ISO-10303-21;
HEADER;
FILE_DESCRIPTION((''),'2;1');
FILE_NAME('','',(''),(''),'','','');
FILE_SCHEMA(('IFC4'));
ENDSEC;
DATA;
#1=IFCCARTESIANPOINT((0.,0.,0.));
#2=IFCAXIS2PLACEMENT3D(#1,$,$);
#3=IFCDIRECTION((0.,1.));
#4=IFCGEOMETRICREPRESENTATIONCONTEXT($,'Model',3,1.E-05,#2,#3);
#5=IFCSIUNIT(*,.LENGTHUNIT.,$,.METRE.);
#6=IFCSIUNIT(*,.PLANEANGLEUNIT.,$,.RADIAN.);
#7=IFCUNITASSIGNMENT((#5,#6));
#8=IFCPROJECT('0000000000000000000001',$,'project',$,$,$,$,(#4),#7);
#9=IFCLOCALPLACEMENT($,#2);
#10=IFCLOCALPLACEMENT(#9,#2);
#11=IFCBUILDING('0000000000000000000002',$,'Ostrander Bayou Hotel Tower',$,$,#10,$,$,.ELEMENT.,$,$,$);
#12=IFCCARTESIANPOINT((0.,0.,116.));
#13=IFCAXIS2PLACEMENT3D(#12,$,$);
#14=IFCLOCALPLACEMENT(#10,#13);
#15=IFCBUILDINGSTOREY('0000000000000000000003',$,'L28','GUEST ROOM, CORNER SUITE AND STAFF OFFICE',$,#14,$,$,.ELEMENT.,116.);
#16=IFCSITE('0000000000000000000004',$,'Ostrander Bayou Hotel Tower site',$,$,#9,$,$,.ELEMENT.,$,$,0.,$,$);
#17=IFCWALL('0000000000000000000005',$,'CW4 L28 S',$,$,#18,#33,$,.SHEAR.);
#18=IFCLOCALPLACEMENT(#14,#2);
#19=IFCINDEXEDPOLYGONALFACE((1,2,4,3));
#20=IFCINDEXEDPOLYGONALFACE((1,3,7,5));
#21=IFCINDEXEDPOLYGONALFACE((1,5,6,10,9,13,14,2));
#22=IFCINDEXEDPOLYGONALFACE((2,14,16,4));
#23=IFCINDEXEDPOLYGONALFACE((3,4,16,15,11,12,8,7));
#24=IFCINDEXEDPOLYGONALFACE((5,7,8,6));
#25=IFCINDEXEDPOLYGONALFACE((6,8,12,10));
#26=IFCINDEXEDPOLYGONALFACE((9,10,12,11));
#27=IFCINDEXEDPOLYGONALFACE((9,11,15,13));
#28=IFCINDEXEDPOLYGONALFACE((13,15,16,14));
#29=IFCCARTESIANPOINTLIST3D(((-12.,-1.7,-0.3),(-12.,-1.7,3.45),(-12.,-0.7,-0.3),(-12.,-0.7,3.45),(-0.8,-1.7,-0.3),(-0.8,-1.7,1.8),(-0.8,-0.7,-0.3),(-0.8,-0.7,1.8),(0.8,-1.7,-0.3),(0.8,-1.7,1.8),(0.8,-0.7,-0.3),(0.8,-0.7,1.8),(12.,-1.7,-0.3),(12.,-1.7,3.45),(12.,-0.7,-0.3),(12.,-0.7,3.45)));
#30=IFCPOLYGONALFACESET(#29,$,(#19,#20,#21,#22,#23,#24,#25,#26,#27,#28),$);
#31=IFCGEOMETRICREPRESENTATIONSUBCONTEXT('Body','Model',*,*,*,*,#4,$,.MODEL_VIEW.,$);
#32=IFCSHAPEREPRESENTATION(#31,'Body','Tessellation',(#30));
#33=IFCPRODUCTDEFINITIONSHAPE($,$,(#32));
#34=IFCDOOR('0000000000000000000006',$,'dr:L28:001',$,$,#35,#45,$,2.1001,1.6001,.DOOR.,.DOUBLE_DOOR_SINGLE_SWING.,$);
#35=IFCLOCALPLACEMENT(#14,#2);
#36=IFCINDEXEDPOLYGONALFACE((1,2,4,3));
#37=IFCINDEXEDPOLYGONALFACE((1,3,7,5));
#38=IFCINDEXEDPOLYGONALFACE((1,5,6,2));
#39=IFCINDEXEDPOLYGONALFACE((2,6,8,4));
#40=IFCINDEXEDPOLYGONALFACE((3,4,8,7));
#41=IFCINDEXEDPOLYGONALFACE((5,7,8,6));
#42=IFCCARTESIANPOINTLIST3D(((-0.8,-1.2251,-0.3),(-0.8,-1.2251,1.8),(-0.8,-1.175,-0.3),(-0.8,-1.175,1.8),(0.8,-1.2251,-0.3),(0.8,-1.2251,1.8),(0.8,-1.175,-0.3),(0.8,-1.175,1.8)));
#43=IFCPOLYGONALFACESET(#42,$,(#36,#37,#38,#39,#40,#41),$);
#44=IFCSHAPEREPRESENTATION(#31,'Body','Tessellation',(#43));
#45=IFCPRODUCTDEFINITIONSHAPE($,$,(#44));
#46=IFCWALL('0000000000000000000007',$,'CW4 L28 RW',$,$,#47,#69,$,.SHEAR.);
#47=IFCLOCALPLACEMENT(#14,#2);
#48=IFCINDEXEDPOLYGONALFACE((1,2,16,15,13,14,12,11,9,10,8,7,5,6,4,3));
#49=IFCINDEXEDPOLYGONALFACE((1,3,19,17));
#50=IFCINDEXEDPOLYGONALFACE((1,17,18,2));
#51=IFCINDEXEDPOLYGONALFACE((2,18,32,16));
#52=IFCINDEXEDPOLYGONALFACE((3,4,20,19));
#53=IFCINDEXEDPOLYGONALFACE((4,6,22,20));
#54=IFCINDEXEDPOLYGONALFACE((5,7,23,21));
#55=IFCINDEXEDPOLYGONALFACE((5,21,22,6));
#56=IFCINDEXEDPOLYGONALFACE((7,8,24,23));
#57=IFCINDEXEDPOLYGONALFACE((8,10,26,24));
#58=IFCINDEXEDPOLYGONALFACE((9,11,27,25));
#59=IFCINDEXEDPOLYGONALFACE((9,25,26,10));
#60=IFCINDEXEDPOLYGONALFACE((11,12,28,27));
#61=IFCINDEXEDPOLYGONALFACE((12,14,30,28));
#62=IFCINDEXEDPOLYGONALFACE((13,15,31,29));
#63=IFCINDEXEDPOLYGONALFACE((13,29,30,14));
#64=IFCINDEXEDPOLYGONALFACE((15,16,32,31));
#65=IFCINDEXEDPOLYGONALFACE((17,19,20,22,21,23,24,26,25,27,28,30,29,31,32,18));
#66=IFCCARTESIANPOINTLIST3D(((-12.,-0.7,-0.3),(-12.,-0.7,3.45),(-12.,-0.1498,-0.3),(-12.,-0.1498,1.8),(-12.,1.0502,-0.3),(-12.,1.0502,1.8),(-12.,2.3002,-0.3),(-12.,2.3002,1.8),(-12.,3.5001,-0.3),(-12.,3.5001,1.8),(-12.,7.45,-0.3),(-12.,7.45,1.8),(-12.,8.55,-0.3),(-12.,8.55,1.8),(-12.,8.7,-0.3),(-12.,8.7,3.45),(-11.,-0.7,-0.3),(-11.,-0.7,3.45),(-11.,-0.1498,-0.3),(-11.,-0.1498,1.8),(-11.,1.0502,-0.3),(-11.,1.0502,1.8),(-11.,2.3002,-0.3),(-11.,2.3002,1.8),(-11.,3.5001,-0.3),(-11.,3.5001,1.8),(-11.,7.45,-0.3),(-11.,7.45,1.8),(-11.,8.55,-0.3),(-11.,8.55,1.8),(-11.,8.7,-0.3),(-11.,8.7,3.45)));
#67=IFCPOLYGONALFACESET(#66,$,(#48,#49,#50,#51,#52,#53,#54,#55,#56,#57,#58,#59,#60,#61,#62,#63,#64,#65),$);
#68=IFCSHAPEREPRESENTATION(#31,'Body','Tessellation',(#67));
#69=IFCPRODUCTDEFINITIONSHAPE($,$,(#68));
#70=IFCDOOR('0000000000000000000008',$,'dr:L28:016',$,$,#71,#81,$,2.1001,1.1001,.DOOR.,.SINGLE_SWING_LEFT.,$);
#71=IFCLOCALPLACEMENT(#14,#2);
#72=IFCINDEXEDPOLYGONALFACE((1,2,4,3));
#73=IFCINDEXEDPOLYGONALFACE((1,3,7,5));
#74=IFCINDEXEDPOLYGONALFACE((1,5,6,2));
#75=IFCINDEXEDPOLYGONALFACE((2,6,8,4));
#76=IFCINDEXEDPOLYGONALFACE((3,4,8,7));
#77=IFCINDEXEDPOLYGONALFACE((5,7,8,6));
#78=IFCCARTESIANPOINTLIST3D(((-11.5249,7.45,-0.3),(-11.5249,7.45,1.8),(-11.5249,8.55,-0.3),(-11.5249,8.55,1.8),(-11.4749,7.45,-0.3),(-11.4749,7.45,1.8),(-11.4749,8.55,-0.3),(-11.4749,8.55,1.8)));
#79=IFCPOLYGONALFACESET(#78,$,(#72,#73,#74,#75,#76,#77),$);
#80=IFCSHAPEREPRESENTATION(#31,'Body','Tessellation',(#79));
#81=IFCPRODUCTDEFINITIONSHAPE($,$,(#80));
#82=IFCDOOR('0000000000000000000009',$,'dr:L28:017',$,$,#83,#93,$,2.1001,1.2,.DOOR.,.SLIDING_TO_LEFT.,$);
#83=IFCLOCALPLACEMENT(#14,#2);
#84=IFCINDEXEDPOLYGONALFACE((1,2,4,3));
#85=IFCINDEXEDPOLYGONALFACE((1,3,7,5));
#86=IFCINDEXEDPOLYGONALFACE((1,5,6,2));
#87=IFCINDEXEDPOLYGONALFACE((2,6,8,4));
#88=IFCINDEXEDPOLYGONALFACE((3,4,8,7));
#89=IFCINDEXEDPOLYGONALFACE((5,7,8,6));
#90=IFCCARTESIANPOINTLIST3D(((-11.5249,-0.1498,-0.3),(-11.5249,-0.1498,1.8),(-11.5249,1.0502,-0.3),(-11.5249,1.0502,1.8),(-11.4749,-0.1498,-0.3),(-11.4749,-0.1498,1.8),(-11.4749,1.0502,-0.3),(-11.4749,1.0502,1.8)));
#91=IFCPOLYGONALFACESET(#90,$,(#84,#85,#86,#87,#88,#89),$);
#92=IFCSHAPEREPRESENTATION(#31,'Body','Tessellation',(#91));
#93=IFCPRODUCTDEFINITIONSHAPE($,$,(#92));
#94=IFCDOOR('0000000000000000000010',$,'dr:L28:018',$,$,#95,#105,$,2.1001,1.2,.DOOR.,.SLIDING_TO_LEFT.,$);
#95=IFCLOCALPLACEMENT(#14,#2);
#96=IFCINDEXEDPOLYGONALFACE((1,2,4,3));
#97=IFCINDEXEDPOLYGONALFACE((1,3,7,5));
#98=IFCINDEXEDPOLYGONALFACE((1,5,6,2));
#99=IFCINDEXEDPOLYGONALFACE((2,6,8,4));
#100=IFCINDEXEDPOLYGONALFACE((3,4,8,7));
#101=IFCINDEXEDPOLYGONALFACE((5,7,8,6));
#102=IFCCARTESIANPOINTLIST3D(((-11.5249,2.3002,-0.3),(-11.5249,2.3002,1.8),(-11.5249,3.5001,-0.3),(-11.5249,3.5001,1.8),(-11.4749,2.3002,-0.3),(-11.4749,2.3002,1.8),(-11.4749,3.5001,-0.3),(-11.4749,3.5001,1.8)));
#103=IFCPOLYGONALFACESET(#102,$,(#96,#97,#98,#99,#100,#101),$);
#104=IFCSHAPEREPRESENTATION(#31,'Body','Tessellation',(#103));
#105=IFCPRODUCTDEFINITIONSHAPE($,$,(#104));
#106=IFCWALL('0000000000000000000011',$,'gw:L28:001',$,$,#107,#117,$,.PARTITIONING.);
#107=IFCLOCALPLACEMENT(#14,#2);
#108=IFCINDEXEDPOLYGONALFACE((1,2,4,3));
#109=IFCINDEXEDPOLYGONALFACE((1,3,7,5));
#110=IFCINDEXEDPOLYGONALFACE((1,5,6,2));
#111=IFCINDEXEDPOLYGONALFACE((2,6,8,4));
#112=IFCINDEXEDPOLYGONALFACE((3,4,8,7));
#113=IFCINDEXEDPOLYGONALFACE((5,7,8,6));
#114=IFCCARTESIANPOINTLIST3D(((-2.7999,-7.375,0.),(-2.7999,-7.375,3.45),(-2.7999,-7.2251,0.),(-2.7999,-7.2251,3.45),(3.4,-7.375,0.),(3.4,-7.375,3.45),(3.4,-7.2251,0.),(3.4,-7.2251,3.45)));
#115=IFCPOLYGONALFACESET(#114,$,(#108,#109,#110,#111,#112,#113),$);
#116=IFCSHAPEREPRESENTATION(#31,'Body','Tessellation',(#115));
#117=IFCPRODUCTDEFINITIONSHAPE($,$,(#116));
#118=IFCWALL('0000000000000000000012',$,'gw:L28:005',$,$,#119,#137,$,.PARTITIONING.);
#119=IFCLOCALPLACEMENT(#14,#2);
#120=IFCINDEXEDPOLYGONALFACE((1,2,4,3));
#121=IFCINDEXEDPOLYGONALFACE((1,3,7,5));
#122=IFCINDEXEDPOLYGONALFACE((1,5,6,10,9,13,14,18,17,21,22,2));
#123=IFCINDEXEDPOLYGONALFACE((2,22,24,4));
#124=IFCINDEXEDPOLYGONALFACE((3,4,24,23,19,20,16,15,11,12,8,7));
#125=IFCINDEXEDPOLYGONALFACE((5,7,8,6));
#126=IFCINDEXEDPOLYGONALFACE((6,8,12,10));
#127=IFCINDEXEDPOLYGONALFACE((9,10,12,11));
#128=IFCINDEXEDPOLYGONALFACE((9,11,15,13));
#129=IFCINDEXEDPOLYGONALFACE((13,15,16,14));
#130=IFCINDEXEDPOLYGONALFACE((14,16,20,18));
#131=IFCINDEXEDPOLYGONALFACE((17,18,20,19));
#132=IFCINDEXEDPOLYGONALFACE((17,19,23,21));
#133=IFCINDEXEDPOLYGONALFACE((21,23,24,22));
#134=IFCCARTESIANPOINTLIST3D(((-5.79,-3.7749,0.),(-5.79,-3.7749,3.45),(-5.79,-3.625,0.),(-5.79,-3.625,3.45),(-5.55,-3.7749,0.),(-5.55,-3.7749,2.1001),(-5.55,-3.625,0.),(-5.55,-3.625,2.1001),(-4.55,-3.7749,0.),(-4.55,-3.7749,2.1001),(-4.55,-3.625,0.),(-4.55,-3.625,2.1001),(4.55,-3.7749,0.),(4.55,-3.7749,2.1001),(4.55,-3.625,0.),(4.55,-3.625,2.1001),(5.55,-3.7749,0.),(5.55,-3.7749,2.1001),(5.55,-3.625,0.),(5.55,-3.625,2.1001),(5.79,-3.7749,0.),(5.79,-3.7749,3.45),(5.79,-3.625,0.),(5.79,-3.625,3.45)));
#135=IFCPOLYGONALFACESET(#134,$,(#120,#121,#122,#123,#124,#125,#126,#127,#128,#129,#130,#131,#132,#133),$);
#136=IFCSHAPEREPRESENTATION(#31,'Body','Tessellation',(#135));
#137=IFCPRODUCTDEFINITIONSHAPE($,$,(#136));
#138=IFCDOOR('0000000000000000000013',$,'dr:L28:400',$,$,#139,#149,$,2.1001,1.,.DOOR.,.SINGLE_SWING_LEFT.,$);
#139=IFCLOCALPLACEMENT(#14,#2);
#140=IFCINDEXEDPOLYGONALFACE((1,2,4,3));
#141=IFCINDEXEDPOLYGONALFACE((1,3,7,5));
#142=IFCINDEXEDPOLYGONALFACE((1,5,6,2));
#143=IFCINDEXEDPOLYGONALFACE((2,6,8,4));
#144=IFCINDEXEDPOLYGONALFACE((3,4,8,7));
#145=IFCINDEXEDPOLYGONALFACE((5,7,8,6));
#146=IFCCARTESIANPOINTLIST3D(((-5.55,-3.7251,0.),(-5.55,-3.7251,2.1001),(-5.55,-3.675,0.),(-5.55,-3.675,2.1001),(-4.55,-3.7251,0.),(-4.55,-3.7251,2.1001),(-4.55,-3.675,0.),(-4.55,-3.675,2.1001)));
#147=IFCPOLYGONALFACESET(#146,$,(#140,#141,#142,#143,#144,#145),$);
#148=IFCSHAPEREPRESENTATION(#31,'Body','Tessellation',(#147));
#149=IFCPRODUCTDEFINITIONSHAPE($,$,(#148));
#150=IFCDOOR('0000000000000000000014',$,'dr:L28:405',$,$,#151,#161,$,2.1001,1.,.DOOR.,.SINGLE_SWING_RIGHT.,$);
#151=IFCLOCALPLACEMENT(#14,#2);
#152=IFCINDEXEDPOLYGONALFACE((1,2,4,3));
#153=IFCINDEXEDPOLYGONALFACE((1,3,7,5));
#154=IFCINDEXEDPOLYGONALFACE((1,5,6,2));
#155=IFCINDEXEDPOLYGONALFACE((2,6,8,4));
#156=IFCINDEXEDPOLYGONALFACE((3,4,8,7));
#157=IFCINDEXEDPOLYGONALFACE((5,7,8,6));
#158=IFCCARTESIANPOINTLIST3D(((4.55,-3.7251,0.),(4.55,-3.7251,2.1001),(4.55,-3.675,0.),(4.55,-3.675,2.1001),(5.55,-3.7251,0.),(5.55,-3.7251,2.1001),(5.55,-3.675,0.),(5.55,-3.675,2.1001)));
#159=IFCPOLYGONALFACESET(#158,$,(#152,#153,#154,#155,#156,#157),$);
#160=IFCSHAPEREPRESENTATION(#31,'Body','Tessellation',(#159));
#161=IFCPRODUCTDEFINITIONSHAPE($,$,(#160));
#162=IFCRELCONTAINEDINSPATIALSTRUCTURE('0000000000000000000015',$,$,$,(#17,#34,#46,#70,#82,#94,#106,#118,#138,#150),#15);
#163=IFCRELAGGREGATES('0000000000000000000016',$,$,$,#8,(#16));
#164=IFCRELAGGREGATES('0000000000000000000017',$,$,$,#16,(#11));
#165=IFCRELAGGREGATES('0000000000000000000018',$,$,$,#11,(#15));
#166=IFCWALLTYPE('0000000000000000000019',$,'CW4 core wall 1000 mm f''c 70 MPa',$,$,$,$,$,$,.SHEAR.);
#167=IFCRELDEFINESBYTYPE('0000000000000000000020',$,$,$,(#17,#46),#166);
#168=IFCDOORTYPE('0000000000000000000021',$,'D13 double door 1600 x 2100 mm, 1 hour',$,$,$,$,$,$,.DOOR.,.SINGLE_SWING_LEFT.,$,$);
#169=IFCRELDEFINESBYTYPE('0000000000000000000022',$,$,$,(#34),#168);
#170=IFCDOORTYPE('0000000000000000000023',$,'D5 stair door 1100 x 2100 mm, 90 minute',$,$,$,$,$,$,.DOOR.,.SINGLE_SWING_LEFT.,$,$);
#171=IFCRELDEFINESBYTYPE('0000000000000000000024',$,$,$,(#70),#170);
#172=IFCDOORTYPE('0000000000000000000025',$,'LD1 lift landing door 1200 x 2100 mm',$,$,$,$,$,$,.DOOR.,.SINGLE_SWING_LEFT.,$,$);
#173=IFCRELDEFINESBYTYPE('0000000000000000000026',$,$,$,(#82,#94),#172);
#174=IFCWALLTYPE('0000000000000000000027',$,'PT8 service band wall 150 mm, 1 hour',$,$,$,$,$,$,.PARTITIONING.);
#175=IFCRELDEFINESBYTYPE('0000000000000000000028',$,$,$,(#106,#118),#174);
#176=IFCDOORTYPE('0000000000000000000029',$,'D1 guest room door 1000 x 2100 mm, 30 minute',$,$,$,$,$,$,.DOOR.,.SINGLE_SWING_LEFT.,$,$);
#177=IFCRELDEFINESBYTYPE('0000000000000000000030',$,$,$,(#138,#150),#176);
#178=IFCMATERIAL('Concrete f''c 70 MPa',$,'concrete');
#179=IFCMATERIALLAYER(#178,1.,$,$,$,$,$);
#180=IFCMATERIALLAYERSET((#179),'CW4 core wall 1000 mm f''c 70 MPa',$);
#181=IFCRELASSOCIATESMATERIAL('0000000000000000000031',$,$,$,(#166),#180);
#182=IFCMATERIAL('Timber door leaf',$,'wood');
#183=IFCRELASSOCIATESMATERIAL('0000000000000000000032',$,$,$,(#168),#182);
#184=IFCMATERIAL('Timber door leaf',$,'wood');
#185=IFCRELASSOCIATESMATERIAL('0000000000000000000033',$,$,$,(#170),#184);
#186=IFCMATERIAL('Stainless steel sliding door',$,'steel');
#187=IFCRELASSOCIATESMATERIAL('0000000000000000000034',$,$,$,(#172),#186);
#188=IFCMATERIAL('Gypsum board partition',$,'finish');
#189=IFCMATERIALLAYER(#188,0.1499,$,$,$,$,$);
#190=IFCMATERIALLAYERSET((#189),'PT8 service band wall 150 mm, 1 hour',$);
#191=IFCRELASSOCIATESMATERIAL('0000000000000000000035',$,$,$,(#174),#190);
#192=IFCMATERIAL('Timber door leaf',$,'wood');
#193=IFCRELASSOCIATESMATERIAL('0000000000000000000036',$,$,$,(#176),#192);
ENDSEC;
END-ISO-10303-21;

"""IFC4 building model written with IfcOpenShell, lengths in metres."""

from ifc_helpers import new_model, si_unit, direction, frame, frame_2d, origin, place, context, subcontext, project, spatial, rectangle, extrude, material, layer, layer_set, type_object, element, fill, save


model = new_model("IFC4")

# Units and contexts
model_context = context("Model", 3, precision=1e-05, world=origin(), true_north=direction((0.0, 1.0)))
body_context = subcontext(model_context, "Body", "Model", "MODEL_VIEW")
ifc_project = project(units=[si_unit("LENGTHUNIT", "METRE"), si_unit("PLANEANGLEUNIT", "RADIAN")], contexts=[model_context])

# Site, building, storey
site_placement = place(None, origin())
site = spatial("IfcSite", under=ifc_project, at=site_placement, Name="Ostrander Bayou Hotel Tower site", CompositionType="ELEMENT", RefElevation=0.0)
building_placement = place(site_placement, origin())
building = spatial("IfcBuilding", under=site, at=building_placement, Name="Ostrander Bayou Hotel Tower", CompositionType="ELEMENT")
storey_placement = place(building_placement, frame((0.0, 0.0, 116.0)))
storey = spatial("IfcBuildingStorey", under=building, at=storey_placement, Name="L28", Description="GUEST ROOM, CORNER SUITE AND STAFF OFFICE", CompositionType="ELEMENT", Elevation=116.0)

# Wall, opening, door
ifc_material_1 = material(Name="Concrete f'c 70 MPa", Category="concrete")
ifc_layer_1 = layer(ifc_material_1, 1.0)
ifc_layer_set_1 = layer_set([ifc_layer_1], Name="CW4 core wall 1000 mm f'c 70 MPa")
wall_type_1 = type_object("IfcWallType", Name="CW4 core wall 1000 mm f'c 70 MPa", PredefinedType="SHEAR", material=ifc_layer_set_1)
wall_1_placement = place(storey_placement, frame((-12.0, -1.2, -0.3), z_axis=(0.0, 0.0, 1.0), x_axis=(1.0, 0.0, 0.0)))
wall_1 = element("IfcWall", 1, at=wall_1_placement, inside=storey, type_object=wall_type_1, Name="CW4 L28 S", PredefinedType="SHEAR", context=body_context, shape_type="SweptSolid", body=[
    extrude(rectangle(XDim=24.0, YDim=1.0, at=frame_2d((12.0, 0.0))), origin(), (0.0, 0.0, 1.0), 3.75),
])
opening_1_placement = place(wall_1_placement, frame((11.2, 0.0, 0.0)))
opening_1 = element("IfcOpeningElement", 2, at=opening_1_placement, cuts=wall_1, PredefinedType="OPENING", context=body_context, shape_type="SweptSolid", body=[
    extrude(rectangle(XDim=1.6001, YDim=2.1001, at=frame_2d((0.8, 1.05))), frame((0.0, 0.5, 0.0), z_axis=(0.0, -1.0, 0.0), x_axis=(1.0, 0.0, 0.0)), (0.0, 0.0, 1.0), 1.0),
])
ifc_material_2 = material(Name="Timber door leaf", Category="wood")
door_type_1 = type_object("IfcDoorType", Name="D13 double door 1600 x 2100 mm, 1 hour", OperationType="SINGLE_SWING_LEFT", PredefinedType="DOOR", material=ifc_material_2)
door_1_placement = place(opening_1_placement, origin())
door_1 = element("IfcDoor", 3, at=door_1_placement, inside=storey, type_object=door_type_1, Name="dr:L28:001", OperationType="DOUBLE_DOOR_SINGLE_SWING", OverallHeight=2.1001, OverallWidth=1.6001, PredefinedType="DOOR", context=body_context, shape_type="SweptSolid", body=[
    extrude(rectangle(XDim=1.6001, YDim=2.1001, at=frame_2d((0.8, 1.05))), frame((0.0, 0.0249, 0.0), z_axis=(0.0, -1.0, 0.0), x_axis=(1.0, 0.0, 0.0)), (0.0, 0.0, 1.0), 0.05),
])
fill(opening_1, door_1)

# Wall, openings, doors
wall_2_placement = place(storey_placement, frame((-11.5, -0.7, -0.3), z_axis=(0.0, 0.0, 1.0), x_axis=(0.0, 1.0, 0.0)))
wall_2 = element("IfcWall", 4, at=wall_2_placement, inside=storey, type_object=wall_type_1, Name="CW4 L28 RW", PredefinedType="SHEAR", context=body_context, shape_type="SweptSolid", body=[
    extrude(rectangle(XDim=9.3999, YDim=1.0, at=frame_2d((4.7, 0.0))), origin(), (0.0, 0.0, 1.0), 3.75),
])
opening_2_placement = place(wall_2_placement, frame((8.1499, 0.0, 0.0)))
opening_2 = element("IfcOpeningElement", 5, at=opening_2_placement, cuts=wall_2, PredefinedType="OPENING", context=body_context, shape_type="SweptSolid", body=[
    extrude(rectangle(XDim=1.1001, YDim=2.1001, at=frame_2d((0.55, 1.05))), frame((0.0, 0.5, 0.0), z_axis=(0.0, -1.0, 0.0), x_axis=(1.0, 0.0, 0.0)), (0.0, 0.0, 1.0), 1.0),
])
opening_3_placement = place(wall_2_placement, frame((0.55, 0.0, 0.0)))
opening_3 = element("IfcOpeningElement", 6, at=opening_3_placement, cuts=wall_2, PredefinedType="OPENING", context=body_context, shape_type="SweptSolid", body=[
    extrude(rectangle(XDim=1.2, YDim=2.1001, at=frame_2d((0.6001, 1.05))), frame((0.0, 0.5, 0.0), z_axis=(0.0, -1.0, 0.0), x_axis=(1.0, 0.0, 0.0)), (0.0, 0.0, 1.0), 1.0),
])
opening_4_placement = place(wall_2_placement, frame((3.0, 0.0, 0.0)))
opening_4 = element("IfcOpeningElement", 7, at=opening_4_placement, cuts=wall_2, PredefinedType="OPENING", context=body_context, shape_type="SweptSolid", body=[
    extrude(rectangle(XDim=1.2, YDim=2.1001, at=frame_2d((0.6001, 1.05))), frame((0.0, 0.5, 0.0), z_axis=(0.0, -1.0, 0.0), x_axis=(1.0, 0.0, 0.0)), (0.0, 0.0, 1.0), 1.0),
])
ifc_material_3 = material(Name="Timber door leaf", Category="wood")
door_type_2 = type_object("IfcDoorType", Name="D5 stair door 1100 x 2100 mm, 90 minute", OperationType="SINGLE_SWING_LEFT", PredefinedType="DOOR", material=ifc_material_3)
door_2_placement = place(opening_2_placement, origin())
door_2 = element("IfcDoor", 8, at=door_2_placement, inside=storey, type_object=door_type_2, Name="dr:L28:016", OperationType="SINGLE_SWING_LEFT", OverallHeight=2.1001, OverallWidth=1.1001, PredefinedType="DOOR", context=body_context, shape_type="SweptSolid", body=[
    extrude(rectangle(XDim=1.1001, YDim=2.1001, at=frame_2d((0.55, 1.05))), frame((0.0, 0.0249, 0.0), z_axis=(0.0, -1.0, 0.0), x_axis=(1.0, 0.0, 0.0)), (0.0, 0.0, 1.0), 0.05),
])
fill(opening_2, door_2)
ifc_material_4 = material(Name="Stainless steel sliding door", Category="steel")
door_type_3 = type_object("IfcDoorType", Name="LD1 lift landing door 1200 x 2100 mm", OperationType="SINGLE_SWING_LEFT", PredefinedType="DOOR", material=ifc_material_4)
door_3_placement = place(opening_3_placement, origin())
door_3 = element("IfcDoor", 9, at=door_3_placement, inside=storey, type_object=door_type_3, Name="dr:L28:017", OperationType="SLIDING_TO_LEFT", OverallHeight=2.1001, OverallWidth=1.2, PredefinedType="DOOR", context=body_context, shape_type="SweptSolid", body=[
    extrude(rectangle(XDim=1.2, YDim=2.1001, at=frame_2d((0.6001, 1.05))), frame((0.0, 0.0249, 0.0), z_axis=(0.0, -1.0, 0.0), x_axis=(1.0, 0.0, 0.0)), (0.0, 0.0, 1.0), 0.05),
])
fill(opening_3, door_3)
door_4_placement = place(opening_4_placement, origin())
door_4 = element("IfcDoor", 10, at=door_4_placement, inside=storey, type_object=door_type_3, Name="dr:L28:018", OperationType="SLIDING_TO_LEFT", OverallHeight=2.1001, OverallWidth=1.2, PredefinedType="DOOR", context=body_context, shape_type="SweptSolid", body=[
    extrude(rectangle(XDim=1.2, YDim=2.1001, at=frame_2d((0.6001, 1.05))), frame((0.0, 0.0249, 0.0), z_axis=(0.0, -1.0, 0.0), x_axis=(1.0, 0.0, 0.0)), (0.0, 0.0, 1.0), 0.05),
])
fill(opening_4, door_4)

# Wall
ifc_material_5 = material(Name="Gypsum board partition", Category="finish")
ifc_layer_2 = layer(ifc_material_5, 0.1499)
ifc_layer_set_2 = layer_set([ifc_layer_2], Name="PT8 service band wall 150 mm, 1 hour")
wall_type_2 = type_object("IfcWallType", Name="PT8 service band wall 150 mm, 1 hour", PredefinedType="PARTITIONING", material=ifc_layer_set_2)
wall_3_placement = place(storey_placement, frame((-2.8, -7.3, 0.0), z_axis=(0.0, 0.0, 1.0), x_axis=(1.0, 0.0, 0.0)))
element("IfcWall", 11, at=wall_3_placement, inside=storey, type_object=wall_type_2, Name="gw:L28:001", PredefinedType="PARTITIONING", context=body_context, shape_type="SweptSolid", body=[
    extrude(rectangle(XDim=6.2, YDim=0.1499, at=frame_2d((3.1001, 0.0))), origin(), (0.0, 0.0, 1.0), 3.45),
])

# Wall, openings, doors
wall_4_placement = place(storey_placement, frame((-5.79, -3.7, 0.0), z_axis=(0.0, 0.0, 1.0), x_axis=(1.0, 0.0, 0.0)))
wall_4 = element("IfcWall", 12, at=wall_4_placement, inside=storey, type_object=wall_type_2, Name="gw:L28:005", PredefinedType="PARTITIONING", context=body_context, shape_type="SweptSolid", body=[
    extrude(rectangle(XDim=11.5801, YDim=0.1499, at=frame_2d((5.79, 0.0))), origin(), (0.0, 0.0, 1.0), 3.45),
])
opening_5_placement = place(wall_4_placement, frame((0.24, 0.0, 0.0)))
opening_5 = element("IfcOpeningElement", 13, at=opening_5_placement, cuts=wall_4, PredefinedType="OPENING", context=body_context, shape_type="SweptSolid", body=[
    extrude(rectangle(XDim=1.0, YDim=2.1001, at=frame_2d((0.5, 1.05))), frame((0.0, 0.075, 0.0), z_axis=(0.0, -1.0, 0.0), x_axis=(1.0, 0.0, 0.0)), (0.0, 0.0, 1.0), 0.1499),
])
opening_6_placement = place(wall_4_placement, frame((10.3401, 0.0, 0.0)))
opening_6 = element("IfcOpeningElement", 14, at=opening_6_placement, cuts=wall_4, PredefinedType="OPENING", context=body_context, shape_type="SweptSolid", body=[
    extrude(rectangle(XDim=1.0, YDim=2.1001, at=frame_2d((0.5, 1.05))), frame((0.0, 0.075, 0.0), z_axis=(0.0, -1.0, 0.0), x_axis=(1.0, 0.0, 0.0)), (0.0, 0.0, 1.0), 0.1499),
])
ifc_material_6 = material(Name="Timber door leaf", Category="wood")
door_type_4 = type_object("IfcDoorType", Name="D1 guest room door 1000 x 2100 mm, 30 minute", OperationType="SINGLE_SWING_LEFT", PredefinedType="DOOR", material=ifc_material_6)
door_5_placement = place(opening_5_placement, origin())
door_5 = element("IfcDoor", 15, at=door_5_placement, inside=storey, type_object=door_type_4, Name="dr:L28:400", OperationType="SINGLE_SWING_LEFT", OverallHeight=2.1001, OverallWidth=1.0, PredefinedType="DOOR", context=body_context, shape_type="SweptSolid", body=[
    extrude(rectangle(XDim=1.0, YDim=2.1001, at=frame_2d((0.5, 1.05))), frame((0.0, 0.0249, 0.0), z_axis=(0.0, -1.0, 0.0), x_axis=(1.0, 0.0, 0.0)), (0.0, 0.0, 1.0), 0.05),
])
fill(opening_5, door_5)
door_6_placement = place(opening_6_placement, origin())
door_6 = element("IfcDoor", 16, at=door_6_placement, inside=storey, type_object=door_type_4, Name="dr:L28:405", OperationType="SINGLE_SWING_RIGHT", OverallHeight=2.1001, OverallWidth=1.0, PredefinedType="DOOR", context=body_context, shape_type="SweptSolid", body=[
    extrude(rectangle(XDim=1.0, YDim=2.1001, at=frame_2d((0.5, 1.05))), frame((0.0, 0.0249, 0.0), z_axis=(0.0, -1.0, 0.0), x_axis=(1.0, 0.0, 0.0)), (0.0, 0.0, 1.0), 0.05),
])
fill(opening_6, door_6)

save(model, "model.ifc")
